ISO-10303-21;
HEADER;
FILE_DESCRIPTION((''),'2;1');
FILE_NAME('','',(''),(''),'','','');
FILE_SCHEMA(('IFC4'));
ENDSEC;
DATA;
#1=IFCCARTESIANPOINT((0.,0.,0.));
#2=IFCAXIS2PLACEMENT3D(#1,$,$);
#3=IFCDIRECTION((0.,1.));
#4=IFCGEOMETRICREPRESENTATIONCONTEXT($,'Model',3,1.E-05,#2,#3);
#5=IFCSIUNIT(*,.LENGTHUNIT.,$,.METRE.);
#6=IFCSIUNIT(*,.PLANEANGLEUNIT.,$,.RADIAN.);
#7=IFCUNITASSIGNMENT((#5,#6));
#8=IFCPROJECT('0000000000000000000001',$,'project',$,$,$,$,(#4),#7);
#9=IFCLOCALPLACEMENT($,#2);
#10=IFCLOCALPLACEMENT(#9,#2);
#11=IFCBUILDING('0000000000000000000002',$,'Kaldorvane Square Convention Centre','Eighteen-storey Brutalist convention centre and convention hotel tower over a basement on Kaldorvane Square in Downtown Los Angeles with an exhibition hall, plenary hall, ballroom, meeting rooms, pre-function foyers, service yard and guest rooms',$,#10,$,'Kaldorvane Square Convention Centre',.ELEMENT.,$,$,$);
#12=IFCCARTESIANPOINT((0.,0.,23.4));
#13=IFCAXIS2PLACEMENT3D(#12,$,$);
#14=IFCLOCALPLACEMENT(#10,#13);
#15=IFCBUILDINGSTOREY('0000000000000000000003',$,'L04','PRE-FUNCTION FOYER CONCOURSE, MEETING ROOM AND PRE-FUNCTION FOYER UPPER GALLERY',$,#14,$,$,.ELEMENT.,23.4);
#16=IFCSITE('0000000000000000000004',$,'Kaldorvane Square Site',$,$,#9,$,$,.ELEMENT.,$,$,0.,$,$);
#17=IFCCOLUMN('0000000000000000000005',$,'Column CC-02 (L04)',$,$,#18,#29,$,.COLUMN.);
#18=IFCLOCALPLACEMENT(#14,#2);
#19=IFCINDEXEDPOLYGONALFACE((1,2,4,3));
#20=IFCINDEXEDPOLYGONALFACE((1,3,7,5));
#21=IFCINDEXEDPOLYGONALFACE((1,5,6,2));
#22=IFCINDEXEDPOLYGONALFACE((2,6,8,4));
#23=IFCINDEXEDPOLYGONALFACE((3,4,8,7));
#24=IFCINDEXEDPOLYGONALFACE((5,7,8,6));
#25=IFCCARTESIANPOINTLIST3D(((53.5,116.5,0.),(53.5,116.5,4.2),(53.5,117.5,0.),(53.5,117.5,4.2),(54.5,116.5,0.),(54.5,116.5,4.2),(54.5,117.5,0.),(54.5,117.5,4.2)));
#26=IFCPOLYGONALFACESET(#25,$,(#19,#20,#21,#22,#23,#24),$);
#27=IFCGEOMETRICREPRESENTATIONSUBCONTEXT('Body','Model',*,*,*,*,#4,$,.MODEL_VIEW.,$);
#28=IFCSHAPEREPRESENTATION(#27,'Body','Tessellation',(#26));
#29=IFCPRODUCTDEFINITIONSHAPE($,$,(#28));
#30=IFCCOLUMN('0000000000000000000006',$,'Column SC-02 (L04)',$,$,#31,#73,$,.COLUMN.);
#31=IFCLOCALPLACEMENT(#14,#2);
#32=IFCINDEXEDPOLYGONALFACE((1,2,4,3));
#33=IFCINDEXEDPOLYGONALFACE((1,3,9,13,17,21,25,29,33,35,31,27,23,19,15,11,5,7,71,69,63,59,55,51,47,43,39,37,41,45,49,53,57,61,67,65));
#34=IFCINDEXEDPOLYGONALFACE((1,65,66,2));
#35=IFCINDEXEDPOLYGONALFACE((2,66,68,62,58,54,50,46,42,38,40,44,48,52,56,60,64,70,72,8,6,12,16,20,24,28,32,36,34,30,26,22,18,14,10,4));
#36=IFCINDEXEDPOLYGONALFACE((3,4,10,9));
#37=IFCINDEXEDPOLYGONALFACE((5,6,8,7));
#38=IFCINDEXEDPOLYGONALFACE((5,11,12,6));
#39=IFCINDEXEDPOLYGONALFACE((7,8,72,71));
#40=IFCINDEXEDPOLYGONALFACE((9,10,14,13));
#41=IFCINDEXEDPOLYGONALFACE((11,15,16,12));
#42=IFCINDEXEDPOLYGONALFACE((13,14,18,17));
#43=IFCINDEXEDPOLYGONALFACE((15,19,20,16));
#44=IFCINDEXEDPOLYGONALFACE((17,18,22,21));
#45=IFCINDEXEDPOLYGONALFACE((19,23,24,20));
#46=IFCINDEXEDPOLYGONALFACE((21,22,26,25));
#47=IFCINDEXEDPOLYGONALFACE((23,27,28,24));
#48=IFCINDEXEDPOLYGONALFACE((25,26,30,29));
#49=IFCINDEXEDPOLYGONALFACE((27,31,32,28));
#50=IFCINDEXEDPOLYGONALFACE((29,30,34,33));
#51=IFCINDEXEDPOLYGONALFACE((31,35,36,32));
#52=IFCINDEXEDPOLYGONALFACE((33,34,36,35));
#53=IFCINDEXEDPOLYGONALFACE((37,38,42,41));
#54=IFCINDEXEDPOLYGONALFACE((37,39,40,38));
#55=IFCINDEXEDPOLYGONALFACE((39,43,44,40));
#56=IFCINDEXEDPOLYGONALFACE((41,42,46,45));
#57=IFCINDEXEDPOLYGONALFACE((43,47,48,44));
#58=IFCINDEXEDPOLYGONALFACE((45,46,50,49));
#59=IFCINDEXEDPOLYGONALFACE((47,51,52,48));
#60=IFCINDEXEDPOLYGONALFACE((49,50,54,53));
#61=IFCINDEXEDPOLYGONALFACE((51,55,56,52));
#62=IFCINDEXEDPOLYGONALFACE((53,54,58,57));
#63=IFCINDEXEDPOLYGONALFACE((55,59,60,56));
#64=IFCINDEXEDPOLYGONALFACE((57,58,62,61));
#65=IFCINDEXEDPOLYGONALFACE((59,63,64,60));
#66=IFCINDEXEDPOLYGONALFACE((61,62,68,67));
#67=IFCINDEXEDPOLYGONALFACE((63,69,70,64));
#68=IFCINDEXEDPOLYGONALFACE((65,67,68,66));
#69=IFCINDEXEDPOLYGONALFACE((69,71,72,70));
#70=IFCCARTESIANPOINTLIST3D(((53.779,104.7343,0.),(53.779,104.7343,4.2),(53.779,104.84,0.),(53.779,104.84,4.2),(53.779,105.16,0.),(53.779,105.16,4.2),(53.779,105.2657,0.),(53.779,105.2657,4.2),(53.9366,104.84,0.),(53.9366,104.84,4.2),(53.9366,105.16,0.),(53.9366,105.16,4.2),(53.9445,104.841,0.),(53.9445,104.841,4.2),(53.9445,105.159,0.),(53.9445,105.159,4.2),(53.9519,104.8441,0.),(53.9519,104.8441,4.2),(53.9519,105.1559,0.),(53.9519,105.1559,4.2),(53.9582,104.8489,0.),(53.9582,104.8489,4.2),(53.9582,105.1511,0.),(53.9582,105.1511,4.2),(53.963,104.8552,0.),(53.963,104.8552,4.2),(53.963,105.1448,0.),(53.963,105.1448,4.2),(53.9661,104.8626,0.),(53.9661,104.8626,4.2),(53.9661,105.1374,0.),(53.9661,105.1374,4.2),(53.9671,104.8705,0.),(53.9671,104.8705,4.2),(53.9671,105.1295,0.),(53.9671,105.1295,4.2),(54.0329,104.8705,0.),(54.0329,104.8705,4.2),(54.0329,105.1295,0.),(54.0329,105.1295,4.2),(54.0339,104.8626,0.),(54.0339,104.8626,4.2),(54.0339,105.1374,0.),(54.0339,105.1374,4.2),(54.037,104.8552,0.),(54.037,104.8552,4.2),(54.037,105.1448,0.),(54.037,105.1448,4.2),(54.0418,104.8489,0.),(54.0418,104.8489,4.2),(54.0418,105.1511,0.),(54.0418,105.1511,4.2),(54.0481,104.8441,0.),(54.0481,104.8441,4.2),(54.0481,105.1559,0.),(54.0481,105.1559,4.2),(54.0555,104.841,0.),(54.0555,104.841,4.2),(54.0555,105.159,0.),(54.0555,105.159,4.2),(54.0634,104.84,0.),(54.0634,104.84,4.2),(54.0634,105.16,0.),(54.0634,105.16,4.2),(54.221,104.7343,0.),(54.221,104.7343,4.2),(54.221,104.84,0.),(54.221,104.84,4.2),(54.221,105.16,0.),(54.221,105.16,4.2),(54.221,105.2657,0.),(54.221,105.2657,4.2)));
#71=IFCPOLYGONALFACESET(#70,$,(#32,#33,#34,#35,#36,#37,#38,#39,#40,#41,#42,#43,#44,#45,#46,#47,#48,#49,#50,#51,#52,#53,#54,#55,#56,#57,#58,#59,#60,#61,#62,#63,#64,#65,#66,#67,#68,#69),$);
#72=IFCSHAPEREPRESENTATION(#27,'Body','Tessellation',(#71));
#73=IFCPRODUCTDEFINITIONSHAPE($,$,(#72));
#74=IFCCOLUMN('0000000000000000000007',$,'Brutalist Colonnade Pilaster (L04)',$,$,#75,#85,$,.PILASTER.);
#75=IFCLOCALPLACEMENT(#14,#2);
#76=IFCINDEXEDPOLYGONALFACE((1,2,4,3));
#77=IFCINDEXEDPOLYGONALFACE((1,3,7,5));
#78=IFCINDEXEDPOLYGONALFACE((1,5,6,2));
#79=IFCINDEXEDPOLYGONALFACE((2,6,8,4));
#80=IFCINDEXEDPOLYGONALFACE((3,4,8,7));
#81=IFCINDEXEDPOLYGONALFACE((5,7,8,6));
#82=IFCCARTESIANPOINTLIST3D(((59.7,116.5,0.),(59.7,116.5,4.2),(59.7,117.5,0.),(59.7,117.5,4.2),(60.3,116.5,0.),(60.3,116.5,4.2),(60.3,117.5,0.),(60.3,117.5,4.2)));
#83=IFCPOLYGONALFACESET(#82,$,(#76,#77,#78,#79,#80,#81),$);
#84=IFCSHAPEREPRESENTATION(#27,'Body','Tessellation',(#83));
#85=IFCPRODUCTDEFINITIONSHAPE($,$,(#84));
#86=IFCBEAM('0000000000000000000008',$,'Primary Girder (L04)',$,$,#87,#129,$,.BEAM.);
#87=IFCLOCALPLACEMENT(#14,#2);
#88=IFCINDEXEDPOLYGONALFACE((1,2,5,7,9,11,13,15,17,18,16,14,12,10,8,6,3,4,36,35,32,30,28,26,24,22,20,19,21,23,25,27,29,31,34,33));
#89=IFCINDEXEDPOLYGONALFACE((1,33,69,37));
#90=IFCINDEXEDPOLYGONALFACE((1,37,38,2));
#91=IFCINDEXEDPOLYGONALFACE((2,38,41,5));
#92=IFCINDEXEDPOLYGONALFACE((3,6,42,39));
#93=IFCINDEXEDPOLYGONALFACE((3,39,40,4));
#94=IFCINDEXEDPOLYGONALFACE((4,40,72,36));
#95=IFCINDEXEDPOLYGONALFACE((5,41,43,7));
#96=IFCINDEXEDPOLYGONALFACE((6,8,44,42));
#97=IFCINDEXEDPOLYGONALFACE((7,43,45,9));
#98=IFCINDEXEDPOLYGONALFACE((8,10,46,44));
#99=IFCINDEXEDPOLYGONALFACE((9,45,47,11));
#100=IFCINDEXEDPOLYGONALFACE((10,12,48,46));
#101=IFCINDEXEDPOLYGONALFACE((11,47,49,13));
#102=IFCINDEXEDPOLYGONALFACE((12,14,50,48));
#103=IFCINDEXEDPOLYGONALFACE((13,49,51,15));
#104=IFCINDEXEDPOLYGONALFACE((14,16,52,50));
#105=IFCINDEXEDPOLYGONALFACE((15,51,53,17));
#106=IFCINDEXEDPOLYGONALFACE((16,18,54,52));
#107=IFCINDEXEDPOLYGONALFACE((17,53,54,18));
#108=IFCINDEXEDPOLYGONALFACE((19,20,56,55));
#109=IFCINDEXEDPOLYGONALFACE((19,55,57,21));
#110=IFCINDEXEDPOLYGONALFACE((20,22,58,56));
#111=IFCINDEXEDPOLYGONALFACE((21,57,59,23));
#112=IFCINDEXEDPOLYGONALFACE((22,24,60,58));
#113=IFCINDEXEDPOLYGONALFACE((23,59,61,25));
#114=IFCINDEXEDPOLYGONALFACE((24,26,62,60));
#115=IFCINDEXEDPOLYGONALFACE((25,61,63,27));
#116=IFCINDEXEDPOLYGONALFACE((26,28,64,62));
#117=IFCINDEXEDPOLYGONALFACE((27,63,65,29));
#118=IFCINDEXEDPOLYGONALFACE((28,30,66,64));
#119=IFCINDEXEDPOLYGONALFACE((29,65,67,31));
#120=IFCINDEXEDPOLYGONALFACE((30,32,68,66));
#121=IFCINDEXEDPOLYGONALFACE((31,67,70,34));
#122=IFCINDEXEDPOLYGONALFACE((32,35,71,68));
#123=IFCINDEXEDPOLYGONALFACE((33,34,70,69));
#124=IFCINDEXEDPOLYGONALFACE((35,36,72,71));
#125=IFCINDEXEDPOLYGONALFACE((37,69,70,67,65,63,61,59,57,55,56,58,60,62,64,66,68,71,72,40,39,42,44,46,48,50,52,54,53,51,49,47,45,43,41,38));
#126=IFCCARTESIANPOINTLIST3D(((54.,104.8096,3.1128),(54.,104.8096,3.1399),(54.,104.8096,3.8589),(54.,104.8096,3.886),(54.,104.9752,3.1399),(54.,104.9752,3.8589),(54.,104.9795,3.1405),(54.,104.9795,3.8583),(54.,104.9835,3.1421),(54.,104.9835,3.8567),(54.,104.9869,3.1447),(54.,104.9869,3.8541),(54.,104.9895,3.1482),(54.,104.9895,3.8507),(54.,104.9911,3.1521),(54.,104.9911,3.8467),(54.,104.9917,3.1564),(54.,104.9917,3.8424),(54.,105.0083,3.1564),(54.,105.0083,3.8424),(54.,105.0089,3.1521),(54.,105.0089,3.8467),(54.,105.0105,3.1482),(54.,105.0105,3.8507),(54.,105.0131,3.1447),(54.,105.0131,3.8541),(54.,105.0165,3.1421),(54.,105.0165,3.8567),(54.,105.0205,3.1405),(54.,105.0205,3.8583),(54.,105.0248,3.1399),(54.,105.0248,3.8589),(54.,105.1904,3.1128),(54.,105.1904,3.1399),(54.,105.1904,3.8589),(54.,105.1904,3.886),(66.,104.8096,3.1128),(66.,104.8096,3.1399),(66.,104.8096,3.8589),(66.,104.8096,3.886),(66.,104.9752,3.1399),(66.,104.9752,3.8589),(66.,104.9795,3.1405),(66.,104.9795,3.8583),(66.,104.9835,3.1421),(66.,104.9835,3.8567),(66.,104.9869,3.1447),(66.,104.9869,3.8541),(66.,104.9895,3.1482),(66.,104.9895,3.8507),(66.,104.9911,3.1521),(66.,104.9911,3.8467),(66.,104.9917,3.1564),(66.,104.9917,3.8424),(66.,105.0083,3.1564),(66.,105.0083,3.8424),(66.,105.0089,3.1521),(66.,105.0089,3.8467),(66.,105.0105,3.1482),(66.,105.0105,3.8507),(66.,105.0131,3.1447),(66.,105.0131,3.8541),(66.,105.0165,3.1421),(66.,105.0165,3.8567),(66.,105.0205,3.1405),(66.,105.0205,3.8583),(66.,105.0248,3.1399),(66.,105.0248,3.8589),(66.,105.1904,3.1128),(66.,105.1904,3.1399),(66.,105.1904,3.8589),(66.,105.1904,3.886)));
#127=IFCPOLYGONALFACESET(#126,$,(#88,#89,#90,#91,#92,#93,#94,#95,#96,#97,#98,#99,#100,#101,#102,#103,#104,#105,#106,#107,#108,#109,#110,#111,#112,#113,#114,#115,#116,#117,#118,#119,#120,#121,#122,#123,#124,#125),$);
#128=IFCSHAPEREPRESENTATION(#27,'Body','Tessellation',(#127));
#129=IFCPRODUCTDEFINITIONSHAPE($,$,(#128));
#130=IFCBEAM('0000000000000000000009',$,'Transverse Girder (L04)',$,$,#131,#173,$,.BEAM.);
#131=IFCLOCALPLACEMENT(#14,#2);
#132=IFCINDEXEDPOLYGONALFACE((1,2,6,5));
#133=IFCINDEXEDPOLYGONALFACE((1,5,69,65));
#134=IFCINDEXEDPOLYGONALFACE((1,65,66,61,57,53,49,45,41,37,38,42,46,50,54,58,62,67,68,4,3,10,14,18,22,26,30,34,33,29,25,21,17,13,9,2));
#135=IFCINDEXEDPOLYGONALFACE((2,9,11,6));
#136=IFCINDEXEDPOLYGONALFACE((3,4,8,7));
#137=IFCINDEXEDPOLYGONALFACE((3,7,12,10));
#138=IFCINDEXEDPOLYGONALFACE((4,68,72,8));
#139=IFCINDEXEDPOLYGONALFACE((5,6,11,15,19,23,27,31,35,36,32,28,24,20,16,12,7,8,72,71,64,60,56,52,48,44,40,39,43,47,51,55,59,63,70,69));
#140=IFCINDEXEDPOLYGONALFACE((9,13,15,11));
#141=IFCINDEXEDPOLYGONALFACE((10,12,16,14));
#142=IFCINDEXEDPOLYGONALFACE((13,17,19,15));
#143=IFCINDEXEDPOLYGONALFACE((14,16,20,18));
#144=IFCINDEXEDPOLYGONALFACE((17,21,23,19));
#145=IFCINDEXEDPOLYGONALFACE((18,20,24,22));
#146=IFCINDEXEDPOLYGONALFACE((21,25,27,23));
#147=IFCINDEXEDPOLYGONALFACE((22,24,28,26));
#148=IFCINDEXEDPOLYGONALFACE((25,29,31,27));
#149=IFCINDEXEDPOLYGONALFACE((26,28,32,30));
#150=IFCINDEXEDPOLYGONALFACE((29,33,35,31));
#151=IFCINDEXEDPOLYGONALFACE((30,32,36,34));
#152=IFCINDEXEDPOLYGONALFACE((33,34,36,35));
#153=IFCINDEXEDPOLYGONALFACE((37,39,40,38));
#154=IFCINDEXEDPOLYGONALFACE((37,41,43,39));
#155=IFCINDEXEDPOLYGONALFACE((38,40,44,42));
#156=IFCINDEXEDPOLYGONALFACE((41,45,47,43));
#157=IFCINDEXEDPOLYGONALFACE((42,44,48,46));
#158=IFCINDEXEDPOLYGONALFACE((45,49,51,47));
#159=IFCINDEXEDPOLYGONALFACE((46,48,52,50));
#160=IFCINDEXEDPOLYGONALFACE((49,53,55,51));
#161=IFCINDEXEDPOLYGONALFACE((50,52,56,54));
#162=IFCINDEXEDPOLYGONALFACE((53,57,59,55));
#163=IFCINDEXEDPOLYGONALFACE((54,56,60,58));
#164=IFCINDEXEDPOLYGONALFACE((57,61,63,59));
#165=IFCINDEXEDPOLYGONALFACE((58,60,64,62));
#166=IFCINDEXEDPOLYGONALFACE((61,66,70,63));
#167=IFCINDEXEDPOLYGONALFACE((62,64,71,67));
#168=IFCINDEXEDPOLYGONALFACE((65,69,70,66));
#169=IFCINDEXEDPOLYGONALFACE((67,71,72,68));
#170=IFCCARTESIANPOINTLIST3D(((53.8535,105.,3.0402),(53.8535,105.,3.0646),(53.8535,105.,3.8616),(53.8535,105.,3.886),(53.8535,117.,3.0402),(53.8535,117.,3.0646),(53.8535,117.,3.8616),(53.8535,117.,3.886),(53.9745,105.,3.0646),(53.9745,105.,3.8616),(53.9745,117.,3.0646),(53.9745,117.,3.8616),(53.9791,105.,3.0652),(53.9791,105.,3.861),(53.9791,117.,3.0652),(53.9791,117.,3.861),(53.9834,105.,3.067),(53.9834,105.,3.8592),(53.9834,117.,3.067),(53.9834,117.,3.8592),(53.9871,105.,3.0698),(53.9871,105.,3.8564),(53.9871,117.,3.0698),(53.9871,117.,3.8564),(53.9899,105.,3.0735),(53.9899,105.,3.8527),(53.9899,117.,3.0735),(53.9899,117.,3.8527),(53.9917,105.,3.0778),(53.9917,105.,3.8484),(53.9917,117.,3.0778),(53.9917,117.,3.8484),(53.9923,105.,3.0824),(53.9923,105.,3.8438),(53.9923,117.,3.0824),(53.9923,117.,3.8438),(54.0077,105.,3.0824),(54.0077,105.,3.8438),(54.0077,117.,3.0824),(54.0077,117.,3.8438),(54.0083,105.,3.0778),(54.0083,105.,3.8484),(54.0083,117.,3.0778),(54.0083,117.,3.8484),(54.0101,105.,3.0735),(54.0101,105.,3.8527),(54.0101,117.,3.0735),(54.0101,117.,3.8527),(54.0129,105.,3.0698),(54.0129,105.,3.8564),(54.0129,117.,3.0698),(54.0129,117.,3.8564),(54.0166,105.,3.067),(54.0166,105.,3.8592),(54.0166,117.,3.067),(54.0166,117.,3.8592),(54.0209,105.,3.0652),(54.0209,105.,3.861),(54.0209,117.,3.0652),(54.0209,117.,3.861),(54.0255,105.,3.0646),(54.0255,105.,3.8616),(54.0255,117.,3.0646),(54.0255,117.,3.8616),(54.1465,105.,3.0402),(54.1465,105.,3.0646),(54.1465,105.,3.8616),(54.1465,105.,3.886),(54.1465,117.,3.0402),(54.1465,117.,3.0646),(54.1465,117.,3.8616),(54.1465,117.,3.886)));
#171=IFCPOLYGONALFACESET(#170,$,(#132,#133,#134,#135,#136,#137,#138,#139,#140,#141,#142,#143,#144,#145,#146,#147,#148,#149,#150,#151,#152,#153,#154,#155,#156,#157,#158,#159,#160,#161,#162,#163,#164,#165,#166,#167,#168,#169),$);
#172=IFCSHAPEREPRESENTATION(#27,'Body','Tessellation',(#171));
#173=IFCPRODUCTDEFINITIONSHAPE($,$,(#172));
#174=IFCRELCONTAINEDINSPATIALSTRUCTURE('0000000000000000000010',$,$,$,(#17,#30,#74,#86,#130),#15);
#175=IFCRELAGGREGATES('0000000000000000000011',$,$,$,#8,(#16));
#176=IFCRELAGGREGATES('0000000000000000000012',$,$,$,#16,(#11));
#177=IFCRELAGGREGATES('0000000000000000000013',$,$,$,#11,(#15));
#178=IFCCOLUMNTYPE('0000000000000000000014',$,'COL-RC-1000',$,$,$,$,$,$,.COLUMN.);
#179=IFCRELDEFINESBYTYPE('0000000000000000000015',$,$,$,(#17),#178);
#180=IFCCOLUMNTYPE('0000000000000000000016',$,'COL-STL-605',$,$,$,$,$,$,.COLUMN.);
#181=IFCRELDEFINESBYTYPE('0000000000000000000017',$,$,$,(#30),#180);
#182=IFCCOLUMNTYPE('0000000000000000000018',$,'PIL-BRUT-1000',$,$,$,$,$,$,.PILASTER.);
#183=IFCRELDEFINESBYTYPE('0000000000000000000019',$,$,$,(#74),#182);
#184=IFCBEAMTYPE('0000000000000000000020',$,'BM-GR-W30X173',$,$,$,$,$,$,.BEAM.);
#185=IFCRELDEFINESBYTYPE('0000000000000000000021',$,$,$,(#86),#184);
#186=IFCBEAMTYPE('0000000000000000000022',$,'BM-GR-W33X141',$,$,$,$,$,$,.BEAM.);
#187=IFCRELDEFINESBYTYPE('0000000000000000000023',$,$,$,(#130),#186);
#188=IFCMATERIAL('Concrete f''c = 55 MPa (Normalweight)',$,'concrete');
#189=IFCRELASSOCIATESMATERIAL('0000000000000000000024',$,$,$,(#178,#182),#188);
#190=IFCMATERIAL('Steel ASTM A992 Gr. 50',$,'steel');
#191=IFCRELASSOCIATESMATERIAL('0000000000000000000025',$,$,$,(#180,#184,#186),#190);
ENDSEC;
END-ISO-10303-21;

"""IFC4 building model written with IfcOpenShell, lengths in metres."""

from ifc_helpers import new_model, si_unit, direction, frame, origin, origin_2d, place, context, subcontext, project, spatial, rectangle, i_section, extrude, material, material_profile, profile_set, type_object, element, save


model = new_model("IFC4")

# Units and contexts
model_context = context("Model", 3, precision=1e-05, world=origin(), true_north=direction((0.0, 1.0)))
body_context = subcontext(model_context, "Body", "Model", "MODEL_VIEW")
ifc_project = project(units=[si_unit("LENGTHUNIT", "METRE"), si_unit("PLANEANGLEUNIT", "RADIAN")], contexts=[model_context])

# Site, building, storey
site_placement = place(None, origin())
site = spatial("IfcSite", under=ifc_project, at=site_placement, Name="Kaldorvane Square Site", CompositionType="ELEMENT", RefElevation=0.0)
building_placement = place(site_placement, origin())
building = spatial("IfcBuilding", under=site, at=building_placement, Name="Kaldorvane Square Convention Centre", Description="Eighteen-storey Brutalist convention centre and convention hotel tower over a basement on Kaldorvane Square in Downtown Los Angeles with an exhibition hall, plenary hall, ballroom, meeting rooms, pre-function foyers, service yard and guest rooms", LongName="Kaldorvane Square Convention Centre", CompositionType="ELEMENT")
storey_placement = place(building_placement, frame((0.0, 0.0, 23.4)))
storey = spatial("IfcBuildingStorey", under=building, at=storey_placement, Name="L04", Description="PRE-FUNCTION FOYER CONCOURSE, MEETING ROOM AND PRE-FUNCTION FOYER UPPER GALLERY", CompositionType="ELEMENT", Elevation=23.4)

# Columns
ifc_material_1 = material(Name="Concrete f'c = 55 MPa (Normalweight)", Category="concrete")
ifc_material_profile_1 = material_profile(ifc_material_1, rectangle(XDim=1.0, YDim=1.0, at=origin_2d()), Name="RC1000X1000")
ifc_profile_set_1 = profile_set([ifc_material_profile_1], Name="Concrete f'c = 55 MPa (Normalweight)")
column_type_1 = type_object("IfcColumnType", Name="COL-RC-1000", PredefinedType="COLUMN", material=ifc_profile_set_1)
column_1_placement = place(storey_placement, frame((54.0, 117.0, 0.0), z_axis=(0.0, 0.0, 1.0), x_axis=(1.0, 0.0, 0.0)))
element("IfcColumn", 1, at=column_1_placement, inside=storey, type_object=column_type_1, Name="Column CC-02 (L04)", PredefinedType="COLUMN", context=body_context, shape_type="SweptSolid", body=[
    extrude(rectangle(XDim=1.0, YDim=1.0, at=origin_2d()), origin(), (0.0, 0.0, 1.0), 4.2),
])
ifc_material_2 = material(Name="Steel ASTM A992 Gr. 50", Category="steel")
ifc_material_profile_2 = material_profile(ifc_material_2, i_section(OverallWidth=0.442, OverallDepth=0.5314, WebThickness=0.0658, FlangeThickness=0.1057, FilletRadius=0.0305, at=origin_2d()), Name="W14X605")
ifc_profile_set_2 = profile_set([ifc_material_profile_2], Name="Steel ASTM A992 Gr. 50")
column_type_2 = type_object("IfcColumnType", Name="COL-STL-605", PredefinedType="COLUMN", material=ifc_profile_set_2)
column_2_placement = place(storey_placement, frame((54.0, 105.0, 0.0), z_axis=(0.0, 0.0, 1.0), x_axis=(1.0, 0.0, 0.0)))
element("IfcColumn", 2, at=column_2_placement, inside=storey, type_object=column_type_2, Name="Column SC-02 (L04)", PredefinedType="COLUMN", context=body_context, shape_type="SweptSolid", body=[
    extrude(i_section(OverallWidth=0.442, OverallDepth=0.5314, WebThickness=0.0658, FlangeThickness=0.1057, FilletRadius=0.0305, at=origin_2d()), origin(), (0.0, 0.0, 1.0), 4.2),
])
ifc_material_profile_3 = material_profile(ifc_material_1, rectangle(XDim=0.6, YDim=1.0, at=origin_2d()), Name="PIL1000X600")
ifc_profile_set_3 = profile_set([ifc_material_profile_3], Name="Concrete f'c = 55 MPa (Normalweight)")
column_type_3 = type_object("IfcColumnType", Name="PIL-BRUT-1000", PredefinedType="PILASTER", material=ifc_profile_set_3)
column_3_placement = place(storey_placement, frame((60.0, 117.0, 0.0), z_axis=(0.0, 0.0, 1.0), x_axis=(1.0, 0.0, 0.0)))
element("IfcColumn", 3, at=column_3_placement, inside=storey, type_object=column_type_3, Name="Brutalist Colonnade Pilaster (L04)", PredefinedType="PILASTER", context=body_context, shape_type="SweptSolid", body=[
    extrude(rectangle(XDim=0.6, YDim=1.0, at=origin_2d()), origin(), (0.0, 0.0, 1.0), 4.2),
])

# Beams
ifc_material_profile_4 = material_profile(ifc_material_2, i_section(OverallWidth=0.3807, OverallDepth=0.7732, WebThickness=0.0166, FlangeThickness=0.0271, FilletRadius=0.0165, at=origin_2d()), Name="W30X173")
ifc_profile_set_4 = profile_set([ifc_material_profile_4], Name="Steel ASTM A992 Gr. 50")
beam_type_1 = type_object("IfcBeamType", Name="BM-GR-W30X173", PredefinedType="BEAM", material=ifc_profile_set_4)
beam_1_placement = place(storey_placement, frame((54.0, 105.0, 3.4994), z_axis=(1.0, 0.0, 0.0), x_axis=(0.0, 1.0, 0.0)))
element("IfcBeam", 4, at=beam_1_placement, inside=storey, type_object=beam_type_1, Name="Primary Girder (L04)", PredefinedType="BEAM", context=body_context, shape_type="SweptSolid", body=[
    extrude(i_section(OverallWidth=0.3807, OverallDepth=0.7732, WebThickness=0.0166, FlangeThickness=0.0271, FilletRadius=0.0165, at=origin_2d()), origin(), (0.0, 0.0, 1.0), 12.0),
])
ifc_material_profile_5 = material_profile(ifc_material_2, i_section(OverallWidth=0.293, OverallDepth=0.8458, WebThickness=0.0154, FlangeThickness=0.0244, FilletRadius=0.0178, at=origin_2d()), Name="W33X141")
ifc_profile_set_5 = profile_set([ifc_material_profile_5], Name="Steel ASTM A992 Gr. 50")
beam_type_2 = type_object("IfcBeamType", Name="BM-GR-W33X141", PredefinedType="BEAM", material=ifc_profile_set_5)
beam_2_placement = place(storey_placement, frame((54.0, 105.0, 3.4631), z_axis=(0.0, 1.0, 0.0), x_axis=(-1.0, 0.0, 0.0)))
element("IfcBeam", 5, at=beam_2_placement, inside=storey, type_object=beam_type_2, Name="Transverse Girder (L04)", PredefinedType="BEAM", context=body_context, shape_type="SweptSolid", body=[
    extrude(i_section(OverallWidth=0.293, OverallDepth=0.8458, WebThickness=0.0154, FlangeThickness=0.0244, FilletRadius=0.0178, at=origin_2d()), origin(), (0.0, 0.0, 1.0), 12.0),
])

save(model, "model.ifc")
